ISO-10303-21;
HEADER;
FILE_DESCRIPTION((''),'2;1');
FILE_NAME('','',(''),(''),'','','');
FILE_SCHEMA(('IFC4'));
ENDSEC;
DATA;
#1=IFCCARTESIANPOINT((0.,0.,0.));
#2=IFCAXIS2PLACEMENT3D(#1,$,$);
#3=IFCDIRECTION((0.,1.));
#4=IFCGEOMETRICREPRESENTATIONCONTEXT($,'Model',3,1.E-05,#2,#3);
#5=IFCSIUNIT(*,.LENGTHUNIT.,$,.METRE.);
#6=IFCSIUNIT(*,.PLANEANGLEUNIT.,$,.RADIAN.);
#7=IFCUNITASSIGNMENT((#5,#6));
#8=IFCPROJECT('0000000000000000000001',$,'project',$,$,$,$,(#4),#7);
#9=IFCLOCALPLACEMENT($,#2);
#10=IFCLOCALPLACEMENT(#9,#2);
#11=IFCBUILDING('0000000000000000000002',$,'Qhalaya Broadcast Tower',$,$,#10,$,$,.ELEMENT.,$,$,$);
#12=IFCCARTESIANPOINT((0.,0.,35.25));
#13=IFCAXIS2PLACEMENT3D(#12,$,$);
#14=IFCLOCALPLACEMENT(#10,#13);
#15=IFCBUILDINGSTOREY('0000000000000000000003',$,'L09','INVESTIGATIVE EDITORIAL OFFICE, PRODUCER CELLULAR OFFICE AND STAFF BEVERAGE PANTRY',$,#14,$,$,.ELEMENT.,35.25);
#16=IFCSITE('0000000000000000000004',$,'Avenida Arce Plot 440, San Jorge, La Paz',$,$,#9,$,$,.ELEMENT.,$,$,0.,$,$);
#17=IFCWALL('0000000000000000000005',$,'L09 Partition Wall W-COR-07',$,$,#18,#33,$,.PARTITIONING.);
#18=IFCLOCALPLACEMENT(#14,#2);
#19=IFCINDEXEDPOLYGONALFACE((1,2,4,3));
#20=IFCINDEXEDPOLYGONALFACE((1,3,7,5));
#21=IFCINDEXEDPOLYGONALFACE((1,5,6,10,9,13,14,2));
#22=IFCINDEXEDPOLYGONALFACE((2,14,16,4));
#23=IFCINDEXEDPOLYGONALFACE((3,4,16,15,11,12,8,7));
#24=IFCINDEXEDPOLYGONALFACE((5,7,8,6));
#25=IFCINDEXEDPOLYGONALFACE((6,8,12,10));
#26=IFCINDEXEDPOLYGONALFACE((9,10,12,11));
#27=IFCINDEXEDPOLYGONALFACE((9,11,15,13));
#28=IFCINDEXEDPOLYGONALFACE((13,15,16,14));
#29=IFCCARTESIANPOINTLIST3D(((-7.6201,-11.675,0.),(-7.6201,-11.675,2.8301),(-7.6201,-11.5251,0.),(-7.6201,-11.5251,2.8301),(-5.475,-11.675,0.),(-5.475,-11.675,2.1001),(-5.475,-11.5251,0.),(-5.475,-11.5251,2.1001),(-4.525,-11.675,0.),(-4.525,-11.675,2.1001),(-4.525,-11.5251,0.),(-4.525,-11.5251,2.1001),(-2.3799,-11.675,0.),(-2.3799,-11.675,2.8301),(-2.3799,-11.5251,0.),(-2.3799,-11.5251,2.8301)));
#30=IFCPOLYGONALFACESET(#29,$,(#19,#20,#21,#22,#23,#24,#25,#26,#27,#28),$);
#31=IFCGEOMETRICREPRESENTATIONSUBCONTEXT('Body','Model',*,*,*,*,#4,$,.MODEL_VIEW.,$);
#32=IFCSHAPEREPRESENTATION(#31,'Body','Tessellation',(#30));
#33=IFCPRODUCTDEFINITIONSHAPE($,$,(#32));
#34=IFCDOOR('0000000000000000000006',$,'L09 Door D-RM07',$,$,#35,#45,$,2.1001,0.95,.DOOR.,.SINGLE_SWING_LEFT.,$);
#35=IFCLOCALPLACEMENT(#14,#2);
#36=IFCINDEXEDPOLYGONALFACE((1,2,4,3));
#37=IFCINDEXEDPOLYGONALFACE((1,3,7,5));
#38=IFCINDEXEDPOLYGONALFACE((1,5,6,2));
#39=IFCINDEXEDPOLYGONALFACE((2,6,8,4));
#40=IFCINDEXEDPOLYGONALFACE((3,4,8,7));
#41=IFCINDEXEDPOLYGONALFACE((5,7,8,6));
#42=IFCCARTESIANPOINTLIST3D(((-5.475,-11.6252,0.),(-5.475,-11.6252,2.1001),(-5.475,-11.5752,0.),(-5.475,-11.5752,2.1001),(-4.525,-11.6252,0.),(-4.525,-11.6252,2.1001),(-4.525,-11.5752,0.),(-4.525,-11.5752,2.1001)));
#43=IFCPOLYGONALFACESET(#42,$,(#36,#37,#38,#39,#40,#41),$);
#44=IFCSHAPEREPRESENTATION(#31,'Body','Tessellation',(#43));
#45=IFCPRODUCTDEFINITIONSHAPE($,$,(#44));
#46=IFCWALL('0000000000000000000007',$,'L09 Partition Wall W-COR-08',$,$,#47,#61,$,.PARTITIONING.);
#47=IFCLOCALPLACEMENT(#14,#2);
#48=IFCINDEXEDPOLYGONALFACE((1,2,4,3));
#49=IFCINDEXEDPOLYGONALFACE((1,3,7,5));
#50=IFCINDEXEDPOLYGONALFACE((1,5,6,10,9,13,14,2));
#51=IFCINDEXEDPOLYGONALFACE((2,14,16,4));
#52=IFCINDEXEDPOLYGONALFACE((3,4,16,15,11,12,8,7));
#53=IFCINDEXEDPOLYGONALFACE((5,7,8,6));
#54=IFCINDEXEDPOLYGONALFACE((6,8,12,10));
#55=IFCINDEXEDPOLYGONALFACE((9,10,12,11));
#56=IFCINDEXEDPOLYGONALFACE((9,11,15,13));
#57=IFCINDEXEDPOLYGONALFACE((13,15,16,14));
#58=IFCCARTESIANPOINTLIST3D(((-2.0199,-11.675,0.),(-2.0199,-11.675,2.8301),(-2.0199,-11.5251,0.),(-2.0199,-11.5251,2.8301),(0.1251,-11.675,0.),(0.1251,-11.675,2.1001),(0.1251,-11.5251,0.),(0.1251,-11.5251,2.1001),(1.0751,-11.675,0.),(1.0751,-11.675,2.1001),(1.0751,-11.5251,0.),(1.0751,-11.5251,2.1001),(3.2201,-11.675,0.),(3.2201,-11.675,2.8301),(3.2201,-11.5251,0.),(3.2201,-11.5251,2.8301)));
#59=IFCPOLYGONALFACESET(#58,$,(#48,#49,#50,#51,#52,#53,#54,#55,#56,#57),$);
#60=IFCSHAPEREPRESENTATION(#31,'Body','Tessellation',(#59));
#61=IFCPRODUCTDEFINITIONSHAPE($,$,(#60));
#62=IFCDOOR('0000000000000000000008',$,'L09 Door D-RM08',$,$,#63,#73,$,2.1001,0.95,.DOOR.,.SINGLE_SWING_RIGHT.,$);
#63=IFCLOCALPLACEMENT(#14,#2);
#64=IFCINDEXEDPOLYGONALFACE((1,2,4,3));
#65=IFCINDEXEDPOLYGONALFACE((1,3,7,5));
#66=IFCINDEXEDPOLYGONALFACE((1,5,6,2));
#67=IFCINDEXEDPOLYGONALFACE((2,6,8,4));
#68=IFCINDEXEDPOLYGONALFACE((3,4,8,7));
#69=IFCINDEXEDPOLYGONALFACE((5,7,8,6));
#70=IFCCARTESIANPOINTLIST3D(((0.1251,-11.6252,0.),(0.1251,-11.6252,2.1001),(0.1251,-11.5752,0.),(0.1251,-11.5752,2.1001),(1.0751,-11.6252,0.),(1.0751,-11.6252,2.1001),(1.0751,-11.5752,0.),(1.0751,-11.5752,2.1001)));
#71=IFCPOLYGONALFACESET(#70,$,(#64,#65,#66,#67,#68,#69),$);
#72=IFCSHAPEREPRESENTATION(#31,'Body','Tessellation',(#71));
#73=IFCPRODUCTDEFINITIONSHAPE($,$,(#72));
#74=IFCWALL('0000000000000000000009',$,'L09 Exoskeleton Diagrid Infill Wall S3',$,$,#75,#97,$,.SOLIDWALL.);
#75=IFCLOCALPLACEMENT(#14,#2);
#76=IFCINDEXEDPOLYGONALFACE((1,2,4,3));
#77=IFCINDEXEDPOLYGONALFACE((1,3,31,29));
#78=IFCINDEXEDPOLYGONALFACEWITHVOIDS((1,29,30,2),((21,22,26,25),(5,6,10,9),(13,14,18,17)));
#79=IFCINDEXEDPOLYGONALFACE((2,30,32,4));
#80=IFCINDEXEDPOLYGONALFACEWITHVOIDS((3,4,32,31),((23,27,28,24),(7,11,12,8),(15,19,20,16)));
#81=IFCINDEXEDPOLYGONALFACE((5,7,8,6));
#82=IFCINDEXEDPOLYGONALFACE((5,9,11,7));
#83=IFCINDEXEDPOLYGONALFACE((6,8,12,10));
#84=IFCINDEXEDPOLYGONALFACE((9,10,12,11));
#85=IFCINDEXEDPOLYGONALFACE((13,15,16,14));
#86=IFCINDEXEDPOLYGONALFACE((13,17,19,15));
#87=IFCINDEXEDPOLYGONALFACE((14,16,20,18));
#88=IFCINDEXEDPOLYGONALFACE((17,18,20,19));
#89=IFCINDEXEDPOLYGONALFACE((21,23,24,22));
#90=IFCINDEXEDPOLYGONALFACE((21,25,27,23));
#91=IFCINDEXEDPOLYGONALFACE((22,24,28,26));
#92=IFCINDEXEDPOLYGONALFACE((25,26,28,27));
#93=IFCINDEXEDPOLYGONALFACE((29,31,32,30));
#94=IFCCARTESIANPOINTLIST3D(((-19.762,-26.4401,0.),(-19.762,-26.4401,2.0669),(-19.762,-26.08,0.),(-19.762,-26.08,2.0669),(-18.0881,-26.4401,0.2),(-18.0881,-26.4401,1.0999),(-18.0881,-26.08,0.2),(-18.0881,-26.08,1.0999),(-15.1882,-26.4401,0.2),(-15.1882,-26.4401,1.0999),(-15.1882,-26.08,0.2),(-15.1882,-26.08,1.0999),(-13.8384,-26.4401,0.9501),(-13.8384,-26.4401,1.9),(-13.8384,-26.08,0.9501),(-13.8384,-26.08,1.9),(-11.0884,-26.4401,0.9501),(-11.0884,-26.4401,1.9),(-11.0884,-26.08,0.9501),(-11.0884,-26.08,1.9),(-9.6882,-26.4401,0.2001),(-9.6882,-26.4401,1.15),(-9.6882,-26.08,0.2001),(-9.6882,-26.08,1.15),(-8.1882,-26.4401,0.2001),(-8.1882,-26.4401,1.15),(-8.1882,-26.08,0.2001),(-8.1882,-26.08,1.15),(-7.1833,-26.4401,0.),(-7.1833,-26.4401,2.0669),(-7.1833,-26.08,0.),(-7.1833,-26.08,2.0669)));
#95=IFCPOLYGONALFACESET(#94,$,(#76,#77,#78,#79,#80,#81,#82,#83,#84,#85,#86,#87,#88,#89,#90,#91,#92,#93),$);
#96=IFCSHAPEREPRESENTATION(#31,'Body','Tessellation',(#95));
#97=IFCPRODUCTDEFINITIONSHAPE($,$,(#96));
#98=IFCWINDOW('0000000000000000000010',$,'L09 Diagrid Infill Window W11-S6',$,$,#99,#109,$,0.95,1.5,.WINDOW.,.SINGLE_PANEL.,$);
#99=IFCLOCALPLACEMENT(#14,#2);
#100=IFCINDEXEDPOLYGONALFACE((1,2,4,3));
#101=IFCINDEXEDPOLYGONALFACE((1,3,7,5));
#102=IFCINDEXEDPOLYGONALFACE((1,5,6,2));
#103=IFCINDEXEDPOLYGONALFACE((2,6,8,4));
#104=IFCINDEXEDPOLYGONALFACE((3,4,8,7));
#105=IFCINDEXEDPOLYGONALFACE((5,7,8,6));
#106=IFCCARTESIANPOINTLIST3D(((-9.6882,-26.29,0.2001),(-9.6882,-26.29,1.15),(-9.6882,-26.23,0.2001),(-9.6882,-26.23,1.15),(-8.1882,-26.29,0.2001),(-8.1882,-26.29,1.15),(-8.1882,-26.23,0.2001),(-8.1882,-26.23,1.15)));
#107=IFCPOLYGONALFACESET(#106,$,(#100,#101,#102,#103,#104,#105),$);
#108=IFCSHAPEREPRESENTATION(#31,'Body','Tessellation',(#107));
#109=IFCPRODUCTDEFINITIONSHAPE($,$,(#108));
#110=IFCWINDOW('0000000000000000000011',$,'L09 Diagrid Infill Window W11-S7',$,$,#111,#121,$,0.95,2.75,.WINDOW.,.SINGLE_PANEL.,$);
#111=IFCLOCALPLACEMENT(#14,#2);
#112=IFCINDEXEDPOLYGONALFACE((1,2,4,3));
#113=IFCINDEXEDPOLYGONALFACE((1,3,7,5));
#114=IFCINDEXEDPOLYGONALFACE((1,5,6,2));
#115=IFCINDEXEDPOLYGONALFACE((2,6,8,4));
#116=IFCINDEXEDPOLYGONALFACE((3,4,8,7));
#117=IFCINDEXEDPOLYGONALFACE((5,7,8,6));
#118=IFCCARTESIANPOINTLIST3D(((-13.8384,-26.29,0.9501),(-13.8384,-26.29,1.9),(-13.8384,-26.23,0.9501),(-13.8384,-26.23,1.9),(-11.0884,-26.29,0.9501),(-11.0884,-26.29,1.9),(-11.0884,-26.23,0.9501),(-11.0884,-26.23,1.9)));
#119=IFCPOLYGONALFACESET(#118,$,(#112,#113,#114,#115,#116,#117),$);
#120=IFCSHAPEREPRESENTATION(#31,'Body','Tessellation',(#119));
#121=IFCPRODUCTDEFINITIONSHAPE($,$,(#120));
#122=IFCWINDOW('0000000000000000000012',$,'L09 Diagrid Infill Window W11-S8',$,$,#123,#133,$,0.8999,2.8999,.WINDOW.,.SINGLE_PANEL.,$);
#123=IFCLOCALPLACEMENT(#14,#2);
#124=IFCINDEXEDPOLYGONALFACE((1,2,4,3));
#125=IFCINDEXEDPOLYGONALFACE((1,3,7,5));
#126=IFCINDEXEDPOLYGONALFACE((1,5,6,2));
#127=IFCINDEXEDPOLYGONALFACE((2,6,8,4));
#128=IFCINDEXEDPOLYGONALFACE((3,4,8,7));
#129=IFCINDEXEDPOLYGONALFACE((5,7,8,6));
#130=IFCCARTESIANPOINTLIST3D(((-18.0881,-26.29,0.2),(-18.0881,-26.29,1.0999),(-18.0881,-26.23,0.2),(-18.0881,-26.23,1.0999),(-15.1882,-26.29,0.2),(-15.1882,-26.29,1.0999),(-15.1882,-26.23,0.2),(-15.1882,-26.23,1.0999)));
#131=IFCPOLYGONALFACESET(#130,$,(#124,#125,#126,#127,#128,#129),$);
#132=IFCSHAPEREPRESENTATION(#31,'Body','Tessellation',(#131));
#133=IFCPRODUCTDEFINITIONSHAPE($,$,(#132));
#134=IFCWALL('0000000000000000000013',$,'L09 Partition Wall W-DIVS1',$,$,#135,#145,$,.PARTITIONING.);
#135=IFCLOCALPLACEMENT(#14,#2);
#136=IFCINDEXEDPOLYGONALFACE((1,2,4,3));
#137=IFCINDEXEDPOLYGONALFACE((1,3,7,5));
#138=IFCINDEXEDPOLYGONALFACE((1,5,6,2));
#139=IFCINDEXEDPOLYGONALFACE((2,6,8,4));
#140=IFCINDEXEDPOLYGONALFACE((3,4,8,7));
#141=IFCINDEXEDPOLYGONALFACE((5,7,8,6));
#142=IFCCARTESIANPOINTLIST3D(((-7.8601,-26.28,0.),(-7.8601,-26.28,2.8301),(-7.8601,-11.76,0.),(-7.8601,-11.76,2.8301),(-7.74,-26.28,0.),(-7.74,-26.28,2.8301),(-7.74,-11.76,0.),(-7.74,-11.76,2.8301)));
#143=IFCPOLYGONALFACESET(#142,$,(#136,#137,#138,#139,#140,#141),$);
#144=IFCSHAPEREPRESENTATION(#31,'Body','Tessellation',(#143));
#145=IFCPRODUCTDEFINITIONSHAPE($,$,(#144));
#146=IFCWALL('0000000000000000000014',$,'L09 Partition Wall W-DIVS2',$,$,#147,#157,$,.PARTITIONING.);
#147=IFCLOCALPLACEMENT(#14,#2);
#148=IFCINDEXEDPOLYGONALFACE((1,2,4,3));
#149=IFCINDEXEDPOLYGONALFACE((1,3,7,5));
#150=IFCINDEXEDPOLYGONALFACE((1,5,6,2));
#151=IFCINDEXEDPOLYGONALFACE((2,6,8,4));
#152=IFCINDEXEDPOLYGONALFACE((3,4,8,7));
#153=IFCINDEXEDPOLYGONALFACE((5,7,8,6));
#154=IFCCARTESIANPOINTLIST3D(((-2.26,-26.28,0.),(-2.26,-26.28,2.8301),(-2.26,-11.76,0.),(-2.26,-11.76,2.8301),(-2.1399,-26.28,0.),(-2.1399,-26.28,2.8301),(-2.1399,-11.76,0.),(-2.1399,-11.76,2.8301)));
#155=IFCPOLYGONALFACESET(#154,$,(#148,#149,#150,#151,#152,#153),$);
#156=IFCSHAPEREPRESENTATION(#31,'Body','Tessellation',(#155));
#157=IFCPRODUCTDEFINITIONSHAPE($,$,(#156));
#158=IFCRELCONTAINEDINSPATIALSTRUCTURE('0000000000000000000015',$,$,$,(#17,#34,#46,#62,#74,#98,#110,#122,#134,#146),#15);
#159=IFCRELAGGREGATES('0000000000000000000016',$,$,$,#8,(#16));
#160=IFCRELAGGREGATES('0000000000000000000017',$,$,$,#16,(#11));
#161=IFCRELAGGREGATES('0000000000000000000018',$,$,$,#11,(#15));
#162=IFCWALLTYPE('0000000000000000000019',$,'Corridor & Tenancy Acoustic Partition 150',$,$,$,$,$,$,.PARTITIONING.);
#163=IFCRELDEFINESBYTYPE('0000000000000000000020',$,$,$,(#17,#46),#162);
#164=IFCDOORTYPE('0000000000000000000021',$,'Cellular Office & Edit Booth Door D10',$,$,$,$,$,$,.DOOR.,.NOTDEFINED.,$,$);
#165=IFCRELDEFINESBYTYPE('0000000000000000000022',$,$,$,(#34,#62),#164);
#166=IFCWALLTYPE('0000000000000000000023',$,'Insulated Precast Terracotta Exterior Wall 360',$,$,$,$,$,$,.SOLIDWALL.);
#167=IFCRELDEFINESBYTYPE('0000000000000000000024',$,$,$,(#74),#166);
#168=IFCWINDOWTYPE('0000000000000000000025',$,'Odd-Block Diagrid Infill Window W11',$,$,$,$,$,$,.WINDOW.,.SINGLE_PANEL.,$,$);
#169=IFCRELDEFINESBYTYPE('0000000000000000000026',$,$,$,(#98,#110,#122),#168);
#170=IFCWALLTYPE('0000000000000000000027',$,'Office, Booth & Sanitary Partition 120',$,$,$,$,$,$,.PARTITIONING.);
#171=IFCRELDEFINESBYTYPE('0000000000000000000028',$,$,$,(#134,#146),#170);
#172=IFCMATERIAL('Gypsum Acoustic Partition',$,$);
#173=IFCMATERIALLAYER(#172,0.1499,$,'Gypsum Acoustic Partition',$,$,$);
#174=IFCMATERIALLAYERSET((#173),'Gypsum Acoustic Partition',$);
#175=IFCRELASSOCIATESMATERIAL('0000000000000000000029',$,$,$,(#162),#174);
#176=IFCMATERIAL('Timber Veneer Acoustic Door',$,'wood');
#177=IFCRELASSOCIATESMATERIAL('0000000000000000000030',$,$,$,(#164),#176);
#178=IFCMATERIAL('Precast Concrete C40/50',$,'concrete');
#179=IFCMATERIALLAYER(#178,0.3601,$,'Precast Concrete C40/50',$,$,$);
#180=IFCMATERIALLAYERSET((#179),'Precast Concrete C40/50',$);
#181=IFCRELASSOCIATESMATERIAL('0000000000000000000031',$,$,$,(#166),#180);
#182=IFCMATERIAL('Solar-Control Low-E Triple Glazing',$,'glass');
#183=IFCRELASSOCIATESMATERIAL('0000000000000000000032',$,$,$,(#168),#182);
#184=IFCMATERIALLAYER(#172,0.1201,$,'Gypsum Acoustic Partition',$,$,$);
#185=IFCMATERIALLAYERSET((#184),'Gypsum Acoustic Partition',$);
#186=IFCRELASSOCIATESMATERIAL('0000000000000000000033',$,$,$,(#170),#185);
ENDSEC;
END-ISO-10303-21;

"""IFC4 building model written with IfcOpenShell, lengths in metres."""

from ifc_helpers import new_model, si_unit, direction, frame, frame_2d, origin, place, context, subcontext, project, spatial, rectangle, extrude, material, layer, layer_set, type_object, element, fill, save


model = new_model("IFC4")

# Units and contexts
model_context = context("Model", 3, precision=1e-05, world=origin(), true_north=direction((0.0, 1.0)))
body_context = subcontext(model_context, "Body", "Model", "MODEL_VIEW")
ifc_project = project(units=[si_unit("LENGTHUNIT", "METRE"), si_unit("PLANEANGLEUNIT", "RADIAN")], contexts=[model_context])

# Site, building, storey
site_placement = place(None, origin())
site = spatial("IfcSite", under=ifc_project, at=site_placement, Name="Avenida Arce Plot 440, San Jorge, La Paz", CompositionType="ELEMENT", RefElevation=0.0)
building_placement = place(site_placement, origin())
building = spatial("IfcBuilding", under=site, at=building_placement, Name="Qhalaya Broadcast Tower", CompositionType="ELEMENT")
storey_placement = place(building_placement, frame((0.0, 0.0, 35.25)))
storey = spatial("IfcBuildingStorey", under=building, at=storey_placement, Name="L09", Description="INVESTIGATIVE EDITORIAL OFFICE, PRODUCER CELLULAR OFFICE AND STAFF BEVERAGE PANTRY", CompositionType="ELEMENT", Elevation=35.25)

# Walls, openings, doors
ifc_material_1 = material(Name="Gypsum Acoustic Partition")
ifc_layer_1 = layer(ifc_material_1, 0.1499, Name="Gypsum Acoustic Partition")
ifc_layer_set_1 = layer_set([ifc_layer_1], Name="Gypsum Acoustic Partition")
wall_type_1 = type_object("IfcWallType", Name="Corridor & Tenancy Acoustic Partition 150", PredefinedType="PARTITIONING", material=ifc_layer_set_1)
wall_1_placement = place(storey_placement, frame((-7.6201, -11.6001, 0.0), z_axis=(0.0, 0.0, 1.0), x_axis=(1.0, 0.0, 0.0)))
wall_1 = element("IfcWall", 1, at=wall_1_placement, inside=storey, type_object=wall_type_1, Name="L09 Partition Wall W-COR-07", PredefinedType="PARTITIONING", context=body_context, shape_type="SweptSolid", body=[
    extrude(rectangle(XDim=5.2402, YDim=0.1499, at=frame_2d((2.6201, 0.0))), origin(), (0.0, 0.0, 1.0), 2.8301),
])
opening_1_placement = place(wall_1_placement, frame((2.145, 0.0, 0.0)))
opening_1 = element("IfcOpeningElement", 2, at=opening_1_placement, cuts=wall_1, PredefinedType="OPENING", context=body_context, shape_type="SweptSolid", body=[
    extrude(rectangle(XDim=0.95, YDim=2.1001, at=frame_2d((0.4751, 1.05))), frame((0.0, 0.0869, 0.0), z_axis=(0.0, -1.0, 0.0), x_axis=(1.0, 0.0, 0.0)), (0.0, 0.0, 1.0), 0.1738),
])
ifc_material_2 = material(Name="Timber Veneer Acoustic Door", Category="wood")
door_type = type_object("IfcDoorType", Name="Cellular Office & Edit Booth Door D10", OperationType="NOTDEFINED", PredefinedType="DOOR", material=ifc_material_2)
door_1_placement = place(opening_1_placement, origin())
door_1 = element("IfcDoor", 3, at=door_1_placement, inside=storey, type_object=door_type, Name="L09 Door D-RM07", OperationType="SINGLE_SWING_LEFT", OverallHeight=2.1001, OverallWidth=0.95, PredefinedType="DOOR", context=body_context, shape_type="SweptSolid", body=[
    extrude(rectangle(XDim=0.95, YDim=2.1001, at=frame_2d((0.4751, 1.05))), frame((0.0, 0.0249, 0.0), z_axis=(0.0, -1.0, 0.0), x_axis=(1.0, 0.0, 0.0)), (0.0, 0.0, 1.0), 0.05),
])
fill(opening_1, door_1)
wall_2_placement = place(storey_placement, frame((-2.02, -11.6001, 0.0), z_axis=(0.0, 0.0, 1.0), x_axis=(1.0, 0.0, 0.0)))
wall_2 = element("IfcWall", 4, at=wall_2_placement, inside=storey, type_object=wall_type_1, Name="L09 Partition Wall W-COR-08", PredefinedType="PARTITIONING", context=body_context, shape_type="SweptSolid", body=[
    extrude(rectangle(XDim=5.24, YDim=0.1499, at=frame_2d((2.6201, 0.0))), origin(), (0.0, 0.0, 1.0), 2.8301),
])
opening_2_placement = place(wall_2_placement, frame((2.145, 0.0, 0.0)))
opening_2 = element("IfcOpeningElement", 5, at=opening_2_placement, cuts=wall_2, PredefinedType="OPENING", context=body_context, shape_type="SweptSolid", body=[
    extrude(rectangle(XDim=0.95, YDim=2.1001, at=frame_2d((0.4751, 1.05))), frame((0.0, 0.0869, 0.0), z_axis=(0.0, -1.0, 0.0), x_axis=(1.0, 0.0, 0.0)), (0.0, 0.0, 1.0), 0.1738),
])
door_2_placement = place(opening_2_placement, origin())
door_2 = element("IfcDoor", 6, at=door_2_placement, inside=storey, type_object=door_type, Name="L09 Door D-RM08", OperationType="SINGLE_SWING_RIGHT", OverallHeight=2.1001, OverallWidth=0.95, PredefinedType="DOOR", context=body_context, shape_type="SweptSolid", body=[
    extrude(rectangle(XDim=0.95, YDim=2.1001, at=frame_2d((0.4751, 1.05))), frame((0.0, 0.0249, 0.0), z_axis=(0.0, -1.0, 0.0), x_axis=(1.0, 0.0, 0.0)), (0.0, 0.0, 1.0), 0.05),
])
fill(opening_2, door_2)

# Wall, openings, windows
ifc_material_3 = material(Name="Precast Concrete C40/50", Category="concrete")
ifc_layer_2 = layer(ifc_material_3, 0.3601, Name="Precast Concrete C40/50")
ifc_layer_set_2 = layer_set([ifc_layer_2], Name="Precast Concrete C40/50")
wall_type_2 = type_object("IfcWallType", Name="Insulated Precast Terracotta Exterior Wall 360", PredefinedType="SOLIDWALL", material=ifc_layer_set_2)
wall_3_placement = place(storey_placement, frame((-7.1833, -26.26, 0.0), z_axis=(0.0, 0.0, 1.0), x_axis=(-1.0, 0.0, 0.0)))
wall_3 = element("IfcWall", 7, at=wall_3_placement, inside=storey, type_object=wall_type_2, Name="L09 Exoskeleton Diagrid Infill Wall S3", PredefinedType="SOLIDWALL", context=body_context, shape_type="SweptSolid", body=[
    extrude(rectangle(XDim=12.5786, YDim=0.3601, at=frame_2d((6.2893, 0.0))), origin(), (0.0, 0.0, 1.0), 2.0669),
])
opening_3_placement = place(wall_3_placement, frame((1.0049, 0.0, 0.2)))
opening_3 = element("IfcOpeningElement", 8, at=opening_3_placement, cuts=wall_3, PredefinedType="OPENING", context=body_context, shape_type="SweptSolid", body=[
    extrude(rectangle(XDim=1.5, YDim=0.95, at=frame_2d((0.75, 0.4751))), frame((0.0, 0.1921, 0.0), z_axis=(0.0, -1.0, 0.0), x_axis=(1.0, 0.0, 0.0)), (0.0, 0.0, 1.0), 0.384),
])
opening_4_placement = place(wall_3_placement, frame((3.905, 0.0, 0.95)))
opening_4 = element("IfcOpeningElement", 9, at=opening_4_placement, cuts=wall_3, PredefinedType="OPENING", context=body_context, shape_type="SweptSolid", body=[
    extrude(rectangle(XDim=2.75, YDim=0.95, at=frame_2d((1.375, 0.4751))), frame((0.0, 0.1921, 0.0), z_axis=(0.0, -1.0, 0.0), x_axis=(1.0, 0.0, 0.0)), (0.0, 0.0, 1.0), 0.384),
])
opening_5_placement = place(wall_3_placement, frame((8.0049, 0.0, 0.2)))
opening_5 = element("IfcOpeningElement", 10, at=opening_5_placement, cuts=wall_3, PredefinedType="OPENING", context=body_context, shape_type="SweptSolid", body=[
    extrude(rectangle(XDim=2.8999, YDim=0.8999, at=frame_2d((1.45, 0.45))), frame((0.0, 0.1921, 0.0), z_axis=(0.0, -1.0, 0.0), x_axis=(1.0, 0.0, 0.0)), (0.0, 0.0, 1.0), 0.384),
])
ifc_material_4 = material(Name="Solar-Control Low-E Triple Glazing", Category="glass")
window_type = type_object("IfcWindowType", Name="Odd-Block Diagrid Infill Window W11", PartitioningType="SINGLE_PANEL", PredefinedType="WINDOW", material=ifc_material_4)
window_1_placement = place(opening_3_placement, origin())
window_1 = element("IfcWindow", 11, at=window_1_placement, inside=storey, type_object=window_type, Name="L09 Diagrid Infill Window W11-S6", OverallHeight=0.95, OverallWidth=1.5, PartitioningType="SINGLE_PANEL", PredefinedType="WINDOW", context=body_context, shape_type="SweptSolid", body=[
    extrude(rectangle(XDim=1.5, YDim=0.95, at=frame_2d((0.75, 0.4751))), frame((0.0, 0.03, 0.0), z_axis=(0.0, -1.0, 0.0), x_axis=(1.0, 0.0, 0.0)), (0.0, 0.0, 1.0), 0.0601),
])
fill(opening_3, window_1)
window_2_placement = place(opening_4_placement, origin())
window_2 = element("IfcWindow", 12, at=window_2_placement, inside=storey, type_object=window_type, Name="L09 Diagrid Infill Window W11-S7", OverallHeight=0.95, OverallWidth=2.75, PartitioningType="SINGLE_PANEL", PredefinedType="WINDOW", context=body_context, shape_type="SweptSolid", body=[
    extrude(rectangle(XDim=2.75, YDim=0.95, at=frame_2d((1.375, 0.4751))), frame((0.0, 0.03, 0.0), z_axis=(0.0, -1.0, 0.0), x_axis=(1.0, 0.0, 0.0)), (0.0, 0.0, 1.0), 0.0601),
])
fill(opening_4, window_2)
window_3_placement = place(opening_5_placement, origin())
window_3 = element("IfcWindow", 13, at=window_3_placement, inside=storey, type_object=window_type, Name="L09 Diagrid Infill Window W11-S8", OverallHeight=0.8999, OverallWidth=2.8999, PartitioningType="SINGLE_PANEL", PredefinedType="WINDOW", context=body_context, shape_type="SweptSolid", body=[
    extrude(rectangle(XDim=2.8999, YDim=0.8999, at=frame_2d((1.45, 0.45))), frame((0.0, 0.03, 0.0), z_axis=(0.0, -1.0, 0.0), x_axis=(1.0, 0.0, 0.0)), (0.0, 0.0, 1.0), 0.0601),
])
fill(opening_5, window_3)

# Walls
ifc_layer_3 = layer(ifc_material_1, 0.1201, Name="Gypsum Acoustic Partition")
ifc_layer_set_3 = layer_set([ifc_layer_3], Name="Gypsum Acoustic Partition")
wall_type_3 = type_object("IfcWallType", Name="Office, Booth & Sanitary Partition 120", PredefinedType="PARTITIONING", material=ifc_layer_set_3)
for number, where, z_axis, x_axis, name in (
    (14, (-7.8, -26.28, 0.0), (0.0, 0.0, 1.0), (0.0, 1.0, 0.0), "L09 Partition Wall W-DIVS1"),
    (15, (-2.2, -26.28, 0.0), (0.0, 0.0, 1.0), (0.0, 1.0, 0.0), "L09 Partition Wall W-DIVS2"),
):
    element("IfcWall", number, at=place(storey_placement, frame(where, z_axis=z_axis, x_axis=x_axis)), inside=storey, type_object=wall_type_3, Name=name, PredefinedType="PARTITIONING", context=body_context, shape_type="SweptSolid", body=[
        extrude(rectangle(XDim=14.52, YDim=0.1201, at=frame_2d((7.26, 0.0))), origin(), (0.0, 0.0, 1.0), 2.8301),
    ])

save(model, "model.ifc")
